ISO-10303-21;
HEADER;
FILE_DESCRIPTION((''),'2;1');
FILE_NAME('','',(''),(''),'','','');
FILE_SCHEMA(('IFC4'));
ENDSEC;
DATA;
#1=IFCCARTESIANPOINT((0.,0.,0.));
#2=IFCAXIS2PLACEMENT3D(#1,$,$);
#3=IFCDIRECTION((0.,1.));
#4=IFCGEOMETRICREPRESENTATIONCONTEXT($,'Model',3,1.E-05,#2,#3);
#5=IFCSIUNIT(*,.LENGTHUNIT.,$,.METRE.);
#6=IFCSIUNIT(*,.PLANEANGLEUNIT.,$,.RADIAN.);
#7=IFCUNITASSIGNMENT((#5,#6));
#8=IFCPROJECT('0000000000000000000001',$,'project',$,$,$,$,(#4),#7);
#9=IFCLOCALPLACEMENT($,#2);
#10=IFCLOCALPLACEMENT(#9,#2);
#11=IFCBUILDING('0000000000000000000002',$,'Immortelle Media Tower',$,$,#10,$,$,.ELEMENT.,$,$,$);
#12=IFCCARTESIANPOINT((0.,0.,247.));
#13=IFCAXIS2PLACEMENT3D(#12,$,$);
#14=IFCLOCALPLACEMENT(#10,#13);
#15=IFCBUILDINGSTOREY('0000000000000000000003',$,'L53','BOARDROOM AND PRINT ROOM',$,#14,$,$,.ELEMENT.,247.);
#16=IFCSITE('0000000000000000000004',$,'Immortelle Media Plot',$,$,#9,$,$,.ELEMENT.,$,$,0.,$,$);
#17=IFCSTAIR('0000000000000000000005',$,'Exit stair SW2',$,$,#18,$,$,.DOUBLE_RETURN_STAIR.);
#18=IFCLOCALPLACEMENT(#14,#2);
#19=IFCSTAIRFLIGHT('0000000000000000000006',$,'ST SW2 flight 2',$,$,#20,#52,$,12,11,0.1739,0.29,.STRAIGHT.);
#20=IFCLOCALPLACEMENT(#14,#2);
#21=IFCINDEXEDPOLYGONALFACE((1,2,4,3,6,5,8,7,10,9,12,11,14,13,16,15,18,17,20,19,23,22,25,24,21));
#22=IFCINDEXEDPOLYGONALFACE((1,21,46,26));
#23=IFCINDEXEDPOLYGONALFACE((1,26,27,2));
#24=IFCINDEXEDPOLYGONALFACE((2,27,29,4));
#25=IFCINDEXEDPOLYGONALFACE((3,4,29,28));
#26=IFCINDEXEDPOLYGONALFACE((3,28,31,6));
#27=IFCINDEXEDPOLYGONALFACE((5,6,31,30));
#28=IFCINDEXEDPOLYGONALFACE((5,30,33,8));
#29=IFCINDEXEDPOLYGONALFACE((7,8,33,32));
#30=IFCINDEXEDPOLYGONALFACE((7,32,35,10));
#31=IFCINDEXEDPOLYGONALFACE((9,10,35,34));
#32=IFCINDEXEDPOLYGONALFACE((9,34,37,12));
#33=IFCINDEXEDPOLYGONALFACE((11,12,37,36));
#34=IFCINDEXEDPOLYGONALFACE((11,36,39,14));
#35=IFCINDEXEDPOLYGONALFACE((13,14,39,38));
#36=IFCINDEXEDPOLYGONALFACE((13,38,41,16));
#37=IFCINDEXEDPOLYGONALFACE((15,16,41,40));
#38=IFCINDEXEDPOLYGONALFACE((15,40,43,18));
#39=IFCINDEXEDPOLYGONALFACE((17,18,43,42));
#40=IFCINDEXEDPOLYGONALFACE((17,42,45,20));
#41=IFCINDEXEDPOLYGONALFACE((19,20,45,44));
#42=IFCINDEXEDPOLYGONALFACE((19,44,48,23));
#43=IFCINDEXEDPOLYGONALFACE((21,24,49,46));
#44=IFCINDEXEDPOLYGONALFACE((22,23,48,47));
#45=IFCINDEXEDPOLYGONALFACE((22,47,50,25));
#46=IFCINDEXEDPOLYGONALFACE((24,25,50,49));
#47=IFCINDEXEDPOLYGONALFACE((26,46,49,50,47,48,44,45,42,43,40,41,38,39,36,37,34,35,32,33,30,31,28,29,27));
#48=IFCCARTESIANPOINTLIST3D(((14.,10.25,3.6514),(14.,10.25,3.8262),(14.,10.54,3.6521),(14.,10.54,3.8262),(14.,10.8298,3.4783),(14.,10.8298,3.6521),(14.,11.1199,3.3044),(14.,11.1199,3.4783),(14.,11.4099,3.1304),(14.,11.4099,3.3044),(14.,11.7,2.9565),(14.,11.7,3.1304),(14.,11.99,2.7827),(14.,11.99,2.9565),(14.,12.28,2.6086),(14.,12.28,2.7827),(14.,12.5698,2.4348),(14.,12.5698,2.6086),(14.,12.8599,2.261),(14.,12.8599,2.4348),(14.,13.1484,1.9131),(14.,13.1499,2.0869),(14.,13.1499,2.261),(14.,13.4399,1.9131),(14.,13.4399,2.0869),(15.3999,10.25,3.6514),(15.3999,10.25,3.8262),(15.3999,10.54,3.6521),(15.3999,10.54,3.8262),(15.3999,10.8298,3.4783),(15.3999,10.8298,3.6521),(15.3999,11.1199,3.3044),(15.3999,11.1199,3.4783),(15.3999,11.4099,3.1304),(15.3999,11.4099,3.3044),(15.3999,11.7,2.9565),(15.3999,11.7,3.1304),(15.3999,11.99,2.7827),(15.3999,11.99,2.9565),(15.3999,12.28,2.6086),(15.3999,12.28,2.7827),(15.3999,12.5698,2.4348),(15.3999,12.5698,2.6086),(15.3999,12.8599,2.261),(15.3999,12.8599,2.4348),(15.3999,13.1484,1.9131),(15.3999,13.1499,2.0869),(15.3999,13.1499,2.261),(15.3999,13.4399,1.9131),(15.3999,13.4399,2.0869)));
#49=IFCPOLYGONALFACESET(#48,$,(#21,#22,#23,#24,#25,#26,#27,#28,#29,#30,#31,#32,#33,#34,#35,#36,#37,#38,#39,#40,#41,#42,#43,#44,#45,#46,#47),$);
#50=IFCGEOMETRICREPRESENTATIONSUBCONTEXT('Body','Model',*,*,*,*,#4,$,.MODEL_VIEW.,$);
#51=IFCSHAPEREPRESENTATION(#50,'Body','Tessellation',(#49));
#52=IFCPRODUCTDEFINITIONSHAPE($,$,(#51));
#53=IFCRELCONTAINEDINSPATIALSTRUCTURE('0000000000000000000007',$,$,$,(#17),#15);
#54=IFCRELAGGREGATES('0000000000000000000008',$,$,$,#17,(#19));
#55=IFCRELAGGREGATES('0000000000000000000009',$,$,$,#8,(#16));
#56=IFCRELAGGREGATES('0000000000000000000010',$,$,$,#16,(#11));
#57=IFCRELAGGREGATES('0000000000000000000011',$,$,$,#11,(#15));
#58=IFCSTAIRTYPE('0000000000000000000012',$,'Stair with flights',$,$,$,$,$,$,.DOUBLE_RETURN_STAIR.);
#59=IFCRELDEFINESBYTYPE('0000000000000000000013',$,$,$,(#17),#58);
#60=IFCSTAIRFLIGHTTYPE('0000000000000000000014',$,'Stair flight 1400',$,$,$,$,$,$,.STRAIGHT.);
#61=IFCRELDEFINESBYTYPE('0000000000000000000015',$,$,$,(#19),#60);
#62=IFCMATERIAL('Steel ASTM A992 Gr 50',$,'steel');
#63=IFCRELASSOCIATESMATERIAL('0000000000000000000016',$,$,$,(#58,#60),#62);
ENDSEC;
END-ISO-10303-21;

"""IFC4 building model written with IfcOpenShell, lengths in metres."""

from ifc_helpers import new_model, si_unit, direction, frame, origin, place, context, subcontext, project, spatial, polyline, outline, extrude, material, type_object, element, aggregate, save


model = new_model("IFC4")

# Units and contexts
model_context = context("Model", 3, precision=1e-05, world=origin(), true_north=direction((0.0, 1.0)))
body_context = subcontext(model_context, "Body", "Model", "MODEL_VIEW")
ifc_project = project(units=[si_unit("LENGTHUNIT", "METRE"), si_unit("PLANEANGLEUNIT", "RADIAN")], contexts=[model_context])

# Site, building, storey
site_placement = place(None, origin())
site = spatial("IfcSite", under=ifc_project, at=site_placement, Name="Immortelle Media Plot", CompositionType="ELEMENT", RefElevation=0.0)
building_placement = place(site_placement, origin())
building = spatial("IfcBuilding", under=site, at=building_placement, Name="Immortelle Media Tower", CompositionType="ELEMENT")
storey_placement = place(building_placement, frame((0.0, 0.0, 247.0)))
storey = spatial("IfcBuildingStorey", under=building, at=storey_placement, Name="L53", Description="BOARDROOM AND PRINT ROOM", CompositionType="ELEMENT", Elevation=247.0)

# Shared definitions
ifc_material_1 = material(Name="Steel ASTM A992 Gr 50", Category="steel")

# Stair, stair flight
stair_type = type_object("IfcStairType", Name="Stair with flights", PredefinedType="DOUBLE_RETURN_STAIR", material=ifc_material_1)
stair_flight_type = type_object("IfcStairFlightType", Name="Stair flight 1400", PredefinedType="STRAIGHT", material=ifc_material_1)
stair_1_placement = place(storey_placement, origin())
stair_1 = element("IfcStair", 1, at=stair_1_placement, inside=storey, type_object=stair_type, Name="Exit stair SW2", PredefinedType="DOUBLE_RETURN_STAIR")
stair_flight_1_placement = place(storey_placement, frame((14.7, 13.4399, 1.9131), z_axis=(0.0, 0.0, 1.0), x_axis=(0.0, -1.0, 0.0)))
stair_flight_1 = element("IfcStairFlight", 2, at=stair_flight_1_placement, type_object=stair_flight_type, Name="ST SW2 flight 2", NumberOfRisers=12, NumberOfTreads=11, PredefinedType="STRAIGHT", RiserHeight=0.1739, TreadLength=0.29, context=body_context, shape_type="SweptSolid", body=[
    extrude(outline(polyline([(0.0, 0.0), (0.0, 0.1738), (0.29, 0.1738), (0.29, 0.3479), (0.5801, 0.3479), (0.5801, 0.5217), (0.8701, 0.5217), (0.8701, 0.6956), (1.1599, 0.6956), (1.1599, 0.8696), (1.45, 0.8696), (1.45, 1.0435), (1.74, 1.0435), (1.74, 1.2173), (2.03, 1.2173), (2.03, 1.3914), (2.3201, 1.3914), (2.3201, 1.5652), (2.6101, 1.5652), (2.6101, 1.739), (2.8999, 1.739), (2.8999, 1.9131), (3.1899, 1.9131), (3.1899, 2.0869), (3.1899, 1.7383), (0.2915, 0.0), (0.0, 0.0)])), frame((0.0, 0.7, 0.0), z_axis=(0.0, -1.0, 0.0), x_axis=(1.0, 0.0, 0.0)), (0.0, 0.0, 1.0), 1.3999),
])
aggregate(stair_1, [stair_flight_1])

save(model, "model.ifc")
